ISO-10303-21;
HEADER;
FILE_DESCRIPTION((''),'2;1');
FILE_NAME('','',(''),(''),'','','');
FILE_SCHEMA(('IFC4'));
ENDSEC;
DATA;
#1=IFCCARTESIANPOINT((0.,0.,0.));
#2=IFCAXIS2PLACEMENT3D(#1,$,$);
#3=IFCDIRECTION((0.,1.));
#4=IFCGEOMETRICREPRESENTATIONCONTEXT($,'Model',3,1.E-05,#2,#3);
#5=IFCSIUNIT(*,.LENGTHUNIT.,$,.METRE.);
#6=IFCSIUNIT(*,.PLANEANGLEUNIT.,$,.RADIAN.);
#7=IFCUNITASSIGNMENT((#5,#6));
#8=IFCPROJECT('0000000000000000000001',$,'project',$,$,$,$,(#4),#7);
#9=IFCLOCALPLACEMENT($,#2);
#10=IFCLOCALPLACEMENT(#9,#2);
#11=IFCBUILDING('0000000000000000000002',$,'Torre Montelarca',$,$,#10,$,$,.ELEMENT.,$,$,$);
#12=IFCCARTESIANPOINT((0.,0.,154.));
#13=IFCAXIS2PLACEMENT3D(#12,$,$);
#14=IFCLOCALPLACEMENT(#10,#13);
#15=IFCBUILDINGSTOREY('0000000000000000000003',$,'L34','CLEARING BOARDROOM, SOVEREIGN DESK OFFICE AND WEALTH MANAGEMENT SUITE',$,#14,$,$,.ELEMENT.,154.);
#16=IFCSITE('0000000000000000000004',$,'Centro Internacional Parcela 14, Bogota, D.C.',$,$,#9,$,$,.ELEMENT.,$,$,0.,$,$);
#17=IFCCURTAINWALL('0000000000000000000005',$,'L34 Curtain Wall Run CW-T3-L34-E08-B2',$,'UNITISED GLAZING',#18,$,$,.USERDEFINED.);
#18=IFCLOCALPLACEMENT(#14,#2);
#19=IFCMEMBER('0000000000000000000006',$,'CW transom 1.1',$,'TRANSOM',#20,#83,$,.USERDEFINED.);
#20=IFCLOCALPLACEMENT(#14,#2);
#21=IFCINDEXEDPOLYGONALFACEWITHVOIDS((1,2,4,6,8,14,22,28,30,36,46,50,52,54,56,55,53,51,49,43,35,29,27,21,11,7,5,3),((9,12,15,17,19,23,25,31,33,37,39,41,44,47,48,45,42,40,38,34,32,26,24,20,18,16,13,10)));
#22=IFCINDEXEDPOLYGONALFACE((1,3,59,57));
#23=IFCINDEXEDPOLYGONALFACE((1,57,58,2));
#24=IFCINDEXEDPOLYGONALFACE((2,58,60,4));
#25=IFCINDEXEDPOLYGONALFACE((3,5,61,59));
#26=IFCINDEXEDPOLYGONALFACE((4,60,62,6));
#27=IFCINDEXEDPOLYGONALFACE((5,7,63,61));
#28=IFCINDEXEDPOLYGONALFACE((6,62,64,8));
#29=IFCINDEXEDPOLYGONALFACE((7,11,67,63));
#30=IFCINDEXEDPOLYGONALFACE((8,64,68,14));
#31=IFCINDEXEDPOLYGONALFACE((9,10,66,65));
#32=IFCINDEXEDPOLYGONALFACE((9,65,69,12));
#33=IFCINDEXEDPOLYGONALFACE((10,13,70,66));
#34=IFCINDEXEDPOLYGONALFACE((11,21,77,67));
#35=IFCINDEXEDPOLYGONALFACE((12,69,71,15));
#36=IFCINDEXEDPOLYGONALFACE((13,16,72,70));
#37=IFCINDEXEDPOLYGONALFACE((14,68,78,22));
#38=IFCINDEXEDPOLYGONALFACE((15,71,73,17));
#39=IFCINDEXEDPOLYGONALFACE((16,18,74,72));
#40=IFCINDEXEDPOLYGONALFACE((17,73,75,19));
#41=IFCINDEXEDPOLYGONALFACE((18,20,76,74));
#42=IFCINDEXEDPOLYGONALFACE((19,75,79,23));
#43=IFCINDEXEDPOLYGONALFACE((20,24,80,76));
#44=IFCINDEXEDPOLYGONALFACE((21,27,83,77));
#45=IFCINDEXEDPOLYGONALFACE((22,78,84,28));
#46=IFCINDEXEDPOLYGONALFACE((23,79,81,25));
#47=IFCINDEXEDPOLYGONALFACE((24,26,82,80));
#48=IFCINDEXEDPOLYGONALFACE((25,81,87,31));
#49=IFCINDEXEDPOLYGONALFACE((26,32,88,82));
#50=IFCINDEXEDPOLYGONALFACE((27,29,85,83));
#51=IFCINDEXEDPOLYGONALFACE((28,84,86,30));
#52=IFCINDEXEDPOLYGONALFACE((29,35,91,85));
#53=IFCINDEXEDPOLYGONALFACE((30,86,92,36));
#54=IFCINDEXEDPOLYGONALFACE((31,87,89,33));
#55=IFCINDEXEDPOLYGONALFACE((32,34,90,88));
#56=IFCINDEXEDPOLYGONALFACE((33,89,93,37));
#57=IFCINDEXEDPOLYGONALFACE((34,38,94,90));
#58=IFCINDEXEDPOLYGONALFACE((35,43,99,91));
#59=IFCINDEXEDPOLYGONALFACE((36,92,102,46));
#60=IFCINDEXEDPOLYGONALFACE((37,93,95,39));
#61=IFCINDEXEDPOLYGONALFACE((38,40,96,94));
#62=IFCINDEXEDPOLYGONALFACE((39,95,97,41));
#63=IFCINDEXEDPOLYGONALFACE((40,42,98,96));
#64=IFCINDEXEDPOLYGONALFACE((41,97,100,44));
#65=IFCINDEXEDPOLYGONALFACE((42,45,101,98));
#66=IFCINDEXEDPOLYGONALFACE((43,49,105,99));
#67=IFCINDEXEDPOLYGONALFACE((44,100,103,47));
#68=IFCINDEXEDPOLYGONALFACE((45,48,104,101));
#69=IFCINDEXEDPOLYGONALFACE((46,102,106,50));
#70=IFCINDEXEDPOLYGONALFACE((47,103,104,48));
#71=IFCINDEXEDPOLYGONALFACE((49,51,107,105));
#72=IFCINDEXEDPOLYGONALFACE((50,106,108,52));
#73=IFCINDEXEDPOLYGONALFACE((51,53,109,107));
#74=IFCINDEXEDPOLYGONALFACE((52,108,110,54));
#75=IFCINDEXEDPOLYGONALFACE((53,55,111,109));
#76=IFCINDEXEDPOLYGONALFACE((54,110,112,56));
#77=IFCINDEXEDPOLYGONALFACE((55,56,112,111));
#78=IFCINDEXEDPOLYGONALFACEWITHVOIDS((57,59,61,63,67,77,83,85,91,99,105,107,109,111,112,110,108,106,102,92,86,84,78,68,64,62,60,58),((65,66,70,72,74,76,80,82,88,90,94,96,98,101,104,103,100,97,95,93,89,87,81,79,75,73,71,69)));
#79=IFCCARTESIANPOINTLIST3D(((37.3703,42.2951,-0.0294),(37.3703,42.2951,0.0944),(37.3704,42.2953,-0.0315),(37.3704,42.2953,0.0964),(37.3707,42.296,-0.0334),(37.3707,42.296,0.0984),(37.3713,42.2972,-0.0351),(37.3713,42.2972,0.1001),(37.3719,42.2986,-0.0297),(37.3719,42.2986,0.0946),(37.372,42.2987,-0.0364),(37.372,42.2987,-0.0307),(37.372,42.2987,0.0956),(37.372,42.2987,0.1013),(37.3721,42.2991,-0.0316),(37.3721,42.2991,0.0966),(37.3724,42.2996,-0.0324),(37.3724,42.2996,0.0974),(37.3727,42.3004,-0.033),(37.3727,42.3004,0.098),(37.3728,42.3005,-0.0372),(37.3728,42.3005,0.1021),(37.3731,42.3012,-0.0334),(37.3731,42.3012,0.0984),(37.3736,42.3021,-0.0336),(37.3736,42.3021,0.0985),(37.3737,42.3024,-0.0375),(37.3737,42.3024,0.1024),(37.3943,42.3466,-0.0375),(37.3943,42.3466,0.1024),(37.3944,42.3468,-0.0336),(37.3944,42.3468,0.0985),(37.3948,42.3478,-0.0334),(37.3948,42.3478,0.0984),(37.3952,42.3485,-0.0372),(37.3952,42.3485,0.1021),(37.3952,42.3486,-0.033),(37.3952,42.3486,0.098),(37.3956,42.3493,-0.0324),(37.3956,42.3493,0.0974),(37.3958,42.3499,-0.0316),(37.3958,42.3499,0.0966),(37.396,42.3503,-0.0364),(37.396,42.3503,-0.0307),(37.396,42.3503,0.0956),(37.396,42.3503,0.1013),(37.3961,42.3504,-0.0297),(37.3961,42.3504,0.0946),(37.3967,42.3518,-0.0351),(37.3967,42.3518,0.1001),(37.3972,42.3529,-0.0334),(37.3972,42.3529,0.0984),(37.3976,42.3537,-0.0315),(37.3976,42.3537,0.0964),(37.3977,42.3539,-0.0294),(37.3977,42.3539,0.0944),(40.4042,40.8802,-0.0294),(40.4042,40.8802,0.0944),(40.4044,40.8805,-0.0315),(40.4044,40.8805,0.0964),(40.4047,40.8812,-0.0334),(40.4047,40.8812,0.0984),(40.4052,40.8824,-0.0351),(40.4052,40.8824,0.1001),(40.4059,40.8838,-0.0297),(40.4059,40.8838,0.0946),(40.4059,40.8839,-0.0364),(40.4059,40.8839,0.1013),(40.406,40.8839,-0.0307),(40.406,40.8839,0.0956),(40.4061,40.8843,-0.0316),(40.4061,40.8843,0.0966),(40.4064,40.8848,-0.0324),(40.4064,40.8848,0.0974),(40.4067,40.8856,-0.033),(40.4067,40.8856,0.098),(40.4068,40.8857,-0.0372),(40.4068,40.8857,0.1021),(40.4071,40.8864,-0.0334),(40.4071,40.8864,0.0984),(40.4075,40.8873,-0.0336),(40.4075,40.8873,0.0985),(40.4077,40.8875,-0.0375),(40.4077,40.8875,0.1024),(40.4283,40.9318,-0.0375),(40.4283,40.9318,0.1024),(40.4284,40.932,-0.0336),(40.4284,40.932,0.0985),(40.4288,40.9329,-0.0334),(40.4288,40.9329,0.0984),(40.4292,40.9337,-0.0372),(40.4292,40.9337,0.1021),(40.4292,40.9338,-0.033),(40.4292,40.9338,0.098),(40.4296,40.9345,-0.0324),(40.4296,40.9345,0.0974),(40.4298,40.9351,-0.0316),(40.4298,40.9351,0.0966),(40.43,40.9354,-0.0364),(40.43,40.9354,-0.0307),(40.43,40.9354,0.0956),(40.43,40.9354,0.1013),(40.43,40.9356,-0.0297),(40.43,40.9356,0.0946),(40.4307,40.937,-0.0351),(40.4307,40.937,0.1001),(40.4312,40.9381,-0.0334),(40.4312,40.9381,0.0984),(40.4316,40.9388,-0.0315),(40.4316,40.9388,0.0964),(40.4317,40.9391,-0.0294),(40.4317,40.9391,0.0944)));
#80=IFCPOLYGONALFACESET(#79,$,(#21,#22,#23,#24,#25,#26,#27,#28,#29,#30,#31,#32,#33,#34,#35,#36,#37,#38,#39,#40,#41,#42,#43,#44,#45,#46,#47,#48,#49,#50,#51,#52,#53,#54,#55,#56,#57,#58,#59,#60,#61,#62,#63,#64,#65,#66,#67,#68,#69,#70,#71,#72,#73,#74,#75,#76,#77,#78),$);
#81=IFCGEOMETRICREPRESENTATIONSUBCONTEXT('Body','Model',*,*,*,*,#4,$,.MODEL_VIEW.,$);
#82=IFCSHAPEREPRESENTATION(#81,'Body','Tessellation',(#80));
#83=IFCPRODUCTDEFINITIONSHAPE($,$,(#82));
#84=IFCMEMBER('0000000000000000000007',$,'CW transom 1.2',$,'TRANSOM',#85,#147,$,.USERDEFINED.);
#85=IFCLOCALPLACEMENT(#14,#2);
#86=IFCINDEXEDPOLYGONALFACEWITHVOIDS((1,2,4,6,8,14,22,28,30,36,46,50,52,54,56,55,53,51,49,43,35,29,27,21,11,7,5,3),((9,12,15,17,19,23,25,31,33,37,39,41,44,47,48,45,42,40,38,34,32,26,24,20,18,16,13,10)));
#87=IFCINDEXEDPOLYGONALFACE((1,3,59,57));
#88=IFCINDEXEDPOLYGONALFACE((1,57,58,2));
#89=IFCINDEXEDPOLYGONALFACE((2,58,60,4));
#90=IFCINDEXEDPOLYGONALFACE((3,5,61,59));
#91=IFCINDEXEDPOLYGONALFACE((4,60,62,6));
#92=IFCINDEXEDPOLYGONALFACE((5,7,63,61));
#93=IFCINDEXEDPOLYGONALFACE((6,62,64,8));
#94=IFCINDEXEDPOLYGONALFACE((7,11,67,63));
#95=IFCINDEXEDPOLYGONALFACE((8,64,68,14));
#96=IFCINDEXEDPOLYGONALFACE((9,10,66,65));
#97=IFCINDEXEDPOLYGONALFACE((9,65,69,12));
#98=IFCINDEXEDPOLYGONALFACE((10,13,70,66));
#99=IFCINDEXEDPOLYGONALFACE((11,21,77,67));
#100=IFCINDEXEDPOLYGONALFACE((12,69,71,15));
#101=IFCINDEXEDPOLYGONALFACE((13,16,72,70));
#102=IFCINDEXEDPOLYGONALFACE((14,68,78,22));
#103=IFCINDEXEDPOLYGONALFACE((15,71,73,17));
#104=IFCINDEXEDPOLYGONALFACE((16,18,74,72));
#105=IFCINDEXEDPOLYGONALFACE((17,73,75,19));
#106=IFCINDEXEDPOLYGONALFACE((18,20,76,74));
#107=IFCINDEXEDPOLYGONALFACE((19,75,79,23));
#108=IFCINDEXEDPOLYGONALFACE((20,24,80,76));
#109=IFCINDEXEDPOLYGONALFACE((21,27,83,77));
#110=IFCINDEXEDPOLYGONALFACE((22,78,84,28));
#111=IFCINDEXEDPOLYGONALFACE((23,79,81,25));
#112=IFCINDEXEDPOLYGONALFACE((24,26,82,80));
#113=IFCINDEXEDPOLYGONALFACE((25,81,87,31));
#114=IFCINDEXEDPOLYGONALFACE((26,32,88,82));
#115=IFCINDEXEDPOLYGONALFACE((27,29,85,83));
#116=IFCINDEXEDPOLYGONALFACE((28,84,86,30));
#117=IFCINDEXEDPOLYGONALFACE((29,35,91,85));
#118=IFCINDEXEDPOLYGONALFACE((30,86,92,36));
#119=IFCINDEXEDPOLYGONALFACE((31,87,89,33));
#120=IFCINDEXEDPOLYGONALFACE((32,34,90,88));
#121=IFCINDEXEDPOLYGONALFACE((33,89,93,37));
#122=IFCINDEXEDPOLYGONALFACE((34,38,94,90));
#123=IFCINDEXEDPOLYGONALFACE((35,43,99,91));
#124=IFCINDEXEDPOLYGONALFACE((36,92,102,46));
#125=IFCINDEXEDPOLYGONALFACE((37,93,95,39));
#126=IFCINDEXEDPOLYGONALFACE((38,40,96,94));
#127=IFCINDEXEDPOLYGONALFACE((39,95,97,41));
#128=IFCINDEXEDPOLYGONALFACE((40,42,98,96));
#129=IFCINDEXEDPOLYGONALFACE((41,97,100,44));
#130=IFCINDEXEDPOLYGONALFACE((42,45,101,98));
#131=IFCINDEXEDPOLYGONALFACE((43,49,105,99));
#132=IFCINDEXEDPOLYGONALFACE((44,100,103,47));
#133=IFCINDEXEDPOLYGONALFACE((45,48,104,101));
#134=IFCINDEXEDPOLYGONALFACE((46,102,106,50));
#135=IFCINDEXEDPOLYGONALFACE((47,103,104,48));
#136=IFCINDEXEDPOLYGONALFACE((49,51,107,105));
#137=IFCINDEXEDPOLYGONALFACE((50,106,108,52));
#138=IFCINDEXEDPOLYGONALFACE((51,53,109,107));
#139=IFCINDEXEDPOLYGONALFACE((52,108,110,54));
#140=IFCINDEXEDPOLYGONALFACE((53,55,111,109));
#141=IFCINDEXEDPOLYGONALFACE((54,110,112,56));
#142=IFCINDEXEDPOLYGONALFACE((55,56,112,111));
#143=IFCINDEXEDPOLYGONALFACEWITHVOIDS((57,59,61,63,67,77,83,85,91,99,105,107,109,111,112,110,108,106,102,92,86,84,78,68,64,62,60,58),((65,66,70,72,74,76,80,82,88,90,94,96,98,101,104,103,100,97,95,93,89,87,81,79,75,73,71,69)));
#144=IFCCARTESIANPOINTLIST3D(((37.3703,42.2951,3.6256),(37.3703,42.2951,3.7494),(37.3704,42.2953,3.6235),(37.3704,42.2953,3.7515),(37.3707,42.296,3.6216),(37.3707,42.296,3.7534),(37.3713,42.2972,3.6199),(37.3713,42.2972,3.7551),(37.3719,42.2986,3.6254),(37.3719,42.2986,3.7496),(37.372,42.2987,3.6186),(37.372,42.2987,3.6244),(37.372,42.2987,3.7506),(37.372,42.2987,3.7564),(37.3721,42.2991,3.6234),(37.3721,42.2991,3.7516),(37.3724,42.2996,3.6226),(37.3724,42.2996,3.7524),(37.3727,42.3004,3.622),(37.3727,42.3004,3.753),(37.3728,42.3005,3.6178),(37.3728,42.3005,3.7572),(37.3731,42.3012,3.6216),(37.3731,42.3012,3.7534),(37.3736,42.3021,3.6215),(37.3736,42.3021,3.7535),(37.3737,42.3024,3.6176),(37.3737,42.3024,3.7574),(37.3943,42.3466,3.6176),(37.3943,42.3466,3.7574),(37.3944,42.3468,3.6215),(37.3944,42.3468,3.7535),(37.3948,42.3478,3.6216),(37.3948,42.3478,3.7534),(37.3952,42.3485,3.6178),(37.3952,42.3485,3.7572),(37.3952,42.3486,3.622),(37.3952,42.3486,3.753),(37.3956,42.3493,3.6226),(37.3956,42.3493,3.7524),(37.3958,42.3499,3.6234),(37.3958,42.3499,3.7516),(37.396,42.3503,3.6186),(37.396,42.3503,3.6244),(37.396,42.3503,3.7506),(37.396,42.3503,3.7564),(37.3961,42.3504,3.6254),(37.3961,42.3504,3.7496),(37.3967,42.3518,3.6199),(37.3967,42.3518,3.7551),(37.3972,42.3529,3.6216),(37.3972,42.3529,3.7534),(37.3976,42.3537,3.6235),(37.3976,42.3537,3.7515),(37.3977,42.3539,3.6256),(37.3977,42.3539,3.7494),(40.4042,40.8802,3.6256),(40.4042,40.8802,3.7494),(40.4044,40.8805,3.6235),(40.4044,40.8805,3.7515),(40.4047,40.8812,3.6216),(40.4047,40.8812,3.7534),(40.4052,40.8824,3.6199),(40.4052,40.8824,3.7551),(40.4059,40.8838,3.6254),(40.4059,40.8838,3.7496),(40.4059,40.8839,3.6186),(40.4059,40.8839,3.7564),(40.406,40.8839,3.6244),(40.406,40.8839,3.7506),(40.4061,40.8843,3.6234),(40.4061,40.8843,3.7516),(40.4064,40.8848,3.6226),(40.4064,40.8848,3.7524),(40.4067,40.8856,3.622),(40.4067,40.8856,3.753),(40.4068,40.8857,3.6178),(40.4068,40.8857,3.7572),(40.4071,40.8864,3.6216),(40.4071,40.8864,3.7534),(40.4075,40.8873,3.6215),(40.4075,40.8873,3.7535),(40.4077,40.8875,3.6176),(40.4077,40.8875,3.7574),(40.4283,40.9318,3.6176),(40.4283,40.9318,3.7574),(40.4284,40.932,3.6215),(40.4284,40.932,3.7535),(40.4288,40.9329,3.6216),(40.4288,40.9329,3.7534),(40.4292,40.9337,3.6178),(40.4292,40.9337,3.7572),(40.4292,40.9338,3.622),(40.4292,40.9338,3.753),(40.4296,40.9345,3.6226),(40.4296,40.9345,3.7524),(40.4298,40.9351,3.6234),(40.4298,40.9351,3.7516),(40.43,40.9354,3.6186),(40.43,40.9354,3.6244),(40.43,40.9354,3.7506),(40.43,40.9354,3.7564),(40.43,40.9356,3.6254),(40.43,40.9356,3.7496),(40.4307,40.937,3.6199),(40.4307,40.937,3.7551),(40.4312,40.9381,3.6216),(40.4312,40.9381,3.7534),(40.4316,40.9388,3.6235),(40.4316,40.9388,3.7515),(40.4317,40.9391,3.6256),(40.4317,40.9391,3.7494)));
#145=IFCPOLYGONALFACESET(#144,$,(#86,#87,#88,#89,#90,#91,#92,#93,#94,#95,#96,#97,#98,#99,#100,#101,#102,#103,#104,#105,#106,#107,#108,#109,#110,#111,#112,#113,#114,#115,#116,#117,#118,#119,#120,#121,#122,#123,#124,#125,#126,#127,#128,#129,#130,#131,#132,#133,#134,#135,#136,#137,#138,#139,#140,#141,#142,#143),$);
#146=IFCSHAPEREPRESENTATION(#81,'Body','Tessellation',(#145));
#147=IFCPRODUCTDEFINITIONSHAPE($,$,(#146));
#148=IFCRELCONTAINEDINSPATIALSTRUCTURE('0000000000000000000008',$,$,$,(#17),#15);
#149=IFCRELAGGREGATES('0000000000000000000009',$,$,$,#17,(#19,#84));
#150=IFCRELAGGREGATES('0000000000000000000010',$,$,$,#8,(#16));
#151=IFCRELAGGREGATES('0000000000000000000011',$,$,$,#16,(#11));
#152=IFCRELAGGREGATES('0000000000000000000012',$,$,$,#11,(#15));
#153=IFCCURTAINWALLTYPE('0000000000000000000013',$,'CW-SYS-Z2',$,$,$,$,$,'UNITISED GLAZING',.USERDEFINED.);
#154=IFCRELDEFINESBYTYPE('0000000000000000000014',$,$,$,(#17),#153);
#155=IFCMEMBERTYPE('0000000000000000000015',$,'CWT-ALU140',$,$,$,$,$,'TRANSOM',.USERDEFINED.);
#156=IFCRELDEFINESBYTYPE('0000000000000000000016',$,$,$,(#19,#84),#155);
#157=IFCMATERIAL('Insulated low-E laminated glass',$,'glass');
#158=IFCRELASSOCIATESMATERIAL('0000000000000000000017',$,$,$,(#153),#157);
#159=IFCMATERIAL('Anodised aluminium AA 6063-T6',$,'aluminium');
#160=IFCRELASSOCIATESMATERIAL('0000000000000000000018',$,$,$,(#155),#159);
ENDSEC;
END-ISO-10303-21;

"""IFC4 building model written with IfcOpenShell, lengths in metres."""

from ifc_helpers import new_model, si_unit, direction, frame, origin, origin_2d, place, context, subcontext, project, spatial, hollow_rectangle, extrude, source, transform, mapped, material, material_profile, profile_set, type_object, element, aggregate, save


model = new_model("IFC4")

# Units and contexts
model_context = context("Model", 3, precision=1e-05, world=origin(), true_north=direction((0.0, 1.0)))
body_context = subcontext(model_context, "Body", "Model", "MODEL_VIEW")
ifc_project = project(units=[si_unit("LENGTHUNIT", "METRE"), si_unit("PLANEANGLEUNIT", "RADIAN")], contexts=[model_context])

# Site, building, storey
site_placement = place(None, origin())
site = spatial("IfcSite", under=ifc_project, at=site_placement, Name="Centro Internacional Parcela 14, Bogota, D.C.", CompositionType="ELEMENT", RefElevation=0.0)
building_placement = place(site_placement, origin())
building = spatial("IfcBuilding", under=site, at=building_placement, Name="Torre Montelarca", CompositionType="ELEMENT")
storey_placement = place(building_placement, frame((0.0, 0.0, 154.0)))
storey = spatial("IfcBuildingStorey", under=building, at=storey_placement, Name="L34", Description="CLEARING BOARDROOM, SOVEREIGN DESK OFFICE AND WEALTH MANAGEMENT SUITE", CompositionType="ELEMENT", Elevation=154.0)

# Curtain wall, members
ifc_material_1 = material(Name="Insulated low-E laminated glass", Category="glass")
curtain_wall_type = type_object("IfcCurtainWallType", Name="CW-SYS-Z2", ElementType="UNITISED GLAZING", PredefinedType="USERDEFINED", material=ifc_material_1)
ifc_material_2 = material(Name="Anodised aluminium AA 6063-T6", Category="aluminium")
ifc_material_profile_1 = material_profile(ifc_material_2, hollow_rectangle(XDim=0.0649, YDim=0.1399, WallThickness=0.0039, InnerFilletRadius=0.0039, OuterFilletRadius=0.0081, at=origin_2d()), Name="ALU65X140X4", Category="aluminium")
ifc_profile_set_1 = profile_set([ifc_material_profile_1], Name="Anodised aluminium AA 6063-T6")
member_type_1 = type_object("IfcMemberType", Name="CWT-ALU140", ElementType="TRANSOM", PredefinedType="USERDEFINED", material=ifc_profile_set_1)
curtain_wall_1_placement = place(storey_placement, origin())
curtain_wall_1 = element("IfcCurtainWall", 1, at=curtain_wall_1_placement, inside=storey, type_object=curtain_wall_type, Name="L34 Curtain Wall Run CW-T3-L34-E08-B2", ObjectType="UNITISED GLAZING", PredefinedType="USERDEFINED")
shared_shape_1 = source(origin(), body_context, "Body", "SweptSolid", [
    extrude(hollow_rectangle(XDim=0.0649, YDim=0.1399, WallThickness=0.0039, InnerFilletRadius=0.0039, OuterFilletRadius=0.0081, at=origin_2d()), origin(), (0.0, 0.0, 1.0), 3.3477),
])
member_1_placement = place(storey_placement, frame((40.418, 40.9097, 0.0325), z_axis=(-0.906302, 0.42263, 0.0), x_axis=(-0.42263, -0.906302, 0.0)))
member_1 = element("IfcMember", 2, at=member_1_placement, type_object=member_type_1, Name="CW transom 1.1", ObjectType="TRANSOM", PredefinedType="USERDEFINED", context=body_context, shape_type="MappedRepresentation", body=[
    mapped(shared_shape_1, transform((0.0, 0.0, 0.0), scale=1.0)),
])
member_2_placement = place(storey_placement, frame((40.418, 40.9097, 3.6875), z_axis=(-0.906302, 0.42263, 0.0), x_axis=(-0.42263, -0.906302, 0.0)))
member_2 = element("IfcMember", 3, at=member_2_placement, type_object=member_type_1, Name="CW transom 1.2", ObjectType="TRANSOM", PredefinedType="USERDEFINED", context=body_context, shape_type="MappedRepresentation", body=[
    mapped(shared_shape_1, transform((0.0, 0.0, 0.0), scale=1.0)),
])

aggregate(curtain_wall_1, [member_1, member_2])

save(model, "model.ifc")
